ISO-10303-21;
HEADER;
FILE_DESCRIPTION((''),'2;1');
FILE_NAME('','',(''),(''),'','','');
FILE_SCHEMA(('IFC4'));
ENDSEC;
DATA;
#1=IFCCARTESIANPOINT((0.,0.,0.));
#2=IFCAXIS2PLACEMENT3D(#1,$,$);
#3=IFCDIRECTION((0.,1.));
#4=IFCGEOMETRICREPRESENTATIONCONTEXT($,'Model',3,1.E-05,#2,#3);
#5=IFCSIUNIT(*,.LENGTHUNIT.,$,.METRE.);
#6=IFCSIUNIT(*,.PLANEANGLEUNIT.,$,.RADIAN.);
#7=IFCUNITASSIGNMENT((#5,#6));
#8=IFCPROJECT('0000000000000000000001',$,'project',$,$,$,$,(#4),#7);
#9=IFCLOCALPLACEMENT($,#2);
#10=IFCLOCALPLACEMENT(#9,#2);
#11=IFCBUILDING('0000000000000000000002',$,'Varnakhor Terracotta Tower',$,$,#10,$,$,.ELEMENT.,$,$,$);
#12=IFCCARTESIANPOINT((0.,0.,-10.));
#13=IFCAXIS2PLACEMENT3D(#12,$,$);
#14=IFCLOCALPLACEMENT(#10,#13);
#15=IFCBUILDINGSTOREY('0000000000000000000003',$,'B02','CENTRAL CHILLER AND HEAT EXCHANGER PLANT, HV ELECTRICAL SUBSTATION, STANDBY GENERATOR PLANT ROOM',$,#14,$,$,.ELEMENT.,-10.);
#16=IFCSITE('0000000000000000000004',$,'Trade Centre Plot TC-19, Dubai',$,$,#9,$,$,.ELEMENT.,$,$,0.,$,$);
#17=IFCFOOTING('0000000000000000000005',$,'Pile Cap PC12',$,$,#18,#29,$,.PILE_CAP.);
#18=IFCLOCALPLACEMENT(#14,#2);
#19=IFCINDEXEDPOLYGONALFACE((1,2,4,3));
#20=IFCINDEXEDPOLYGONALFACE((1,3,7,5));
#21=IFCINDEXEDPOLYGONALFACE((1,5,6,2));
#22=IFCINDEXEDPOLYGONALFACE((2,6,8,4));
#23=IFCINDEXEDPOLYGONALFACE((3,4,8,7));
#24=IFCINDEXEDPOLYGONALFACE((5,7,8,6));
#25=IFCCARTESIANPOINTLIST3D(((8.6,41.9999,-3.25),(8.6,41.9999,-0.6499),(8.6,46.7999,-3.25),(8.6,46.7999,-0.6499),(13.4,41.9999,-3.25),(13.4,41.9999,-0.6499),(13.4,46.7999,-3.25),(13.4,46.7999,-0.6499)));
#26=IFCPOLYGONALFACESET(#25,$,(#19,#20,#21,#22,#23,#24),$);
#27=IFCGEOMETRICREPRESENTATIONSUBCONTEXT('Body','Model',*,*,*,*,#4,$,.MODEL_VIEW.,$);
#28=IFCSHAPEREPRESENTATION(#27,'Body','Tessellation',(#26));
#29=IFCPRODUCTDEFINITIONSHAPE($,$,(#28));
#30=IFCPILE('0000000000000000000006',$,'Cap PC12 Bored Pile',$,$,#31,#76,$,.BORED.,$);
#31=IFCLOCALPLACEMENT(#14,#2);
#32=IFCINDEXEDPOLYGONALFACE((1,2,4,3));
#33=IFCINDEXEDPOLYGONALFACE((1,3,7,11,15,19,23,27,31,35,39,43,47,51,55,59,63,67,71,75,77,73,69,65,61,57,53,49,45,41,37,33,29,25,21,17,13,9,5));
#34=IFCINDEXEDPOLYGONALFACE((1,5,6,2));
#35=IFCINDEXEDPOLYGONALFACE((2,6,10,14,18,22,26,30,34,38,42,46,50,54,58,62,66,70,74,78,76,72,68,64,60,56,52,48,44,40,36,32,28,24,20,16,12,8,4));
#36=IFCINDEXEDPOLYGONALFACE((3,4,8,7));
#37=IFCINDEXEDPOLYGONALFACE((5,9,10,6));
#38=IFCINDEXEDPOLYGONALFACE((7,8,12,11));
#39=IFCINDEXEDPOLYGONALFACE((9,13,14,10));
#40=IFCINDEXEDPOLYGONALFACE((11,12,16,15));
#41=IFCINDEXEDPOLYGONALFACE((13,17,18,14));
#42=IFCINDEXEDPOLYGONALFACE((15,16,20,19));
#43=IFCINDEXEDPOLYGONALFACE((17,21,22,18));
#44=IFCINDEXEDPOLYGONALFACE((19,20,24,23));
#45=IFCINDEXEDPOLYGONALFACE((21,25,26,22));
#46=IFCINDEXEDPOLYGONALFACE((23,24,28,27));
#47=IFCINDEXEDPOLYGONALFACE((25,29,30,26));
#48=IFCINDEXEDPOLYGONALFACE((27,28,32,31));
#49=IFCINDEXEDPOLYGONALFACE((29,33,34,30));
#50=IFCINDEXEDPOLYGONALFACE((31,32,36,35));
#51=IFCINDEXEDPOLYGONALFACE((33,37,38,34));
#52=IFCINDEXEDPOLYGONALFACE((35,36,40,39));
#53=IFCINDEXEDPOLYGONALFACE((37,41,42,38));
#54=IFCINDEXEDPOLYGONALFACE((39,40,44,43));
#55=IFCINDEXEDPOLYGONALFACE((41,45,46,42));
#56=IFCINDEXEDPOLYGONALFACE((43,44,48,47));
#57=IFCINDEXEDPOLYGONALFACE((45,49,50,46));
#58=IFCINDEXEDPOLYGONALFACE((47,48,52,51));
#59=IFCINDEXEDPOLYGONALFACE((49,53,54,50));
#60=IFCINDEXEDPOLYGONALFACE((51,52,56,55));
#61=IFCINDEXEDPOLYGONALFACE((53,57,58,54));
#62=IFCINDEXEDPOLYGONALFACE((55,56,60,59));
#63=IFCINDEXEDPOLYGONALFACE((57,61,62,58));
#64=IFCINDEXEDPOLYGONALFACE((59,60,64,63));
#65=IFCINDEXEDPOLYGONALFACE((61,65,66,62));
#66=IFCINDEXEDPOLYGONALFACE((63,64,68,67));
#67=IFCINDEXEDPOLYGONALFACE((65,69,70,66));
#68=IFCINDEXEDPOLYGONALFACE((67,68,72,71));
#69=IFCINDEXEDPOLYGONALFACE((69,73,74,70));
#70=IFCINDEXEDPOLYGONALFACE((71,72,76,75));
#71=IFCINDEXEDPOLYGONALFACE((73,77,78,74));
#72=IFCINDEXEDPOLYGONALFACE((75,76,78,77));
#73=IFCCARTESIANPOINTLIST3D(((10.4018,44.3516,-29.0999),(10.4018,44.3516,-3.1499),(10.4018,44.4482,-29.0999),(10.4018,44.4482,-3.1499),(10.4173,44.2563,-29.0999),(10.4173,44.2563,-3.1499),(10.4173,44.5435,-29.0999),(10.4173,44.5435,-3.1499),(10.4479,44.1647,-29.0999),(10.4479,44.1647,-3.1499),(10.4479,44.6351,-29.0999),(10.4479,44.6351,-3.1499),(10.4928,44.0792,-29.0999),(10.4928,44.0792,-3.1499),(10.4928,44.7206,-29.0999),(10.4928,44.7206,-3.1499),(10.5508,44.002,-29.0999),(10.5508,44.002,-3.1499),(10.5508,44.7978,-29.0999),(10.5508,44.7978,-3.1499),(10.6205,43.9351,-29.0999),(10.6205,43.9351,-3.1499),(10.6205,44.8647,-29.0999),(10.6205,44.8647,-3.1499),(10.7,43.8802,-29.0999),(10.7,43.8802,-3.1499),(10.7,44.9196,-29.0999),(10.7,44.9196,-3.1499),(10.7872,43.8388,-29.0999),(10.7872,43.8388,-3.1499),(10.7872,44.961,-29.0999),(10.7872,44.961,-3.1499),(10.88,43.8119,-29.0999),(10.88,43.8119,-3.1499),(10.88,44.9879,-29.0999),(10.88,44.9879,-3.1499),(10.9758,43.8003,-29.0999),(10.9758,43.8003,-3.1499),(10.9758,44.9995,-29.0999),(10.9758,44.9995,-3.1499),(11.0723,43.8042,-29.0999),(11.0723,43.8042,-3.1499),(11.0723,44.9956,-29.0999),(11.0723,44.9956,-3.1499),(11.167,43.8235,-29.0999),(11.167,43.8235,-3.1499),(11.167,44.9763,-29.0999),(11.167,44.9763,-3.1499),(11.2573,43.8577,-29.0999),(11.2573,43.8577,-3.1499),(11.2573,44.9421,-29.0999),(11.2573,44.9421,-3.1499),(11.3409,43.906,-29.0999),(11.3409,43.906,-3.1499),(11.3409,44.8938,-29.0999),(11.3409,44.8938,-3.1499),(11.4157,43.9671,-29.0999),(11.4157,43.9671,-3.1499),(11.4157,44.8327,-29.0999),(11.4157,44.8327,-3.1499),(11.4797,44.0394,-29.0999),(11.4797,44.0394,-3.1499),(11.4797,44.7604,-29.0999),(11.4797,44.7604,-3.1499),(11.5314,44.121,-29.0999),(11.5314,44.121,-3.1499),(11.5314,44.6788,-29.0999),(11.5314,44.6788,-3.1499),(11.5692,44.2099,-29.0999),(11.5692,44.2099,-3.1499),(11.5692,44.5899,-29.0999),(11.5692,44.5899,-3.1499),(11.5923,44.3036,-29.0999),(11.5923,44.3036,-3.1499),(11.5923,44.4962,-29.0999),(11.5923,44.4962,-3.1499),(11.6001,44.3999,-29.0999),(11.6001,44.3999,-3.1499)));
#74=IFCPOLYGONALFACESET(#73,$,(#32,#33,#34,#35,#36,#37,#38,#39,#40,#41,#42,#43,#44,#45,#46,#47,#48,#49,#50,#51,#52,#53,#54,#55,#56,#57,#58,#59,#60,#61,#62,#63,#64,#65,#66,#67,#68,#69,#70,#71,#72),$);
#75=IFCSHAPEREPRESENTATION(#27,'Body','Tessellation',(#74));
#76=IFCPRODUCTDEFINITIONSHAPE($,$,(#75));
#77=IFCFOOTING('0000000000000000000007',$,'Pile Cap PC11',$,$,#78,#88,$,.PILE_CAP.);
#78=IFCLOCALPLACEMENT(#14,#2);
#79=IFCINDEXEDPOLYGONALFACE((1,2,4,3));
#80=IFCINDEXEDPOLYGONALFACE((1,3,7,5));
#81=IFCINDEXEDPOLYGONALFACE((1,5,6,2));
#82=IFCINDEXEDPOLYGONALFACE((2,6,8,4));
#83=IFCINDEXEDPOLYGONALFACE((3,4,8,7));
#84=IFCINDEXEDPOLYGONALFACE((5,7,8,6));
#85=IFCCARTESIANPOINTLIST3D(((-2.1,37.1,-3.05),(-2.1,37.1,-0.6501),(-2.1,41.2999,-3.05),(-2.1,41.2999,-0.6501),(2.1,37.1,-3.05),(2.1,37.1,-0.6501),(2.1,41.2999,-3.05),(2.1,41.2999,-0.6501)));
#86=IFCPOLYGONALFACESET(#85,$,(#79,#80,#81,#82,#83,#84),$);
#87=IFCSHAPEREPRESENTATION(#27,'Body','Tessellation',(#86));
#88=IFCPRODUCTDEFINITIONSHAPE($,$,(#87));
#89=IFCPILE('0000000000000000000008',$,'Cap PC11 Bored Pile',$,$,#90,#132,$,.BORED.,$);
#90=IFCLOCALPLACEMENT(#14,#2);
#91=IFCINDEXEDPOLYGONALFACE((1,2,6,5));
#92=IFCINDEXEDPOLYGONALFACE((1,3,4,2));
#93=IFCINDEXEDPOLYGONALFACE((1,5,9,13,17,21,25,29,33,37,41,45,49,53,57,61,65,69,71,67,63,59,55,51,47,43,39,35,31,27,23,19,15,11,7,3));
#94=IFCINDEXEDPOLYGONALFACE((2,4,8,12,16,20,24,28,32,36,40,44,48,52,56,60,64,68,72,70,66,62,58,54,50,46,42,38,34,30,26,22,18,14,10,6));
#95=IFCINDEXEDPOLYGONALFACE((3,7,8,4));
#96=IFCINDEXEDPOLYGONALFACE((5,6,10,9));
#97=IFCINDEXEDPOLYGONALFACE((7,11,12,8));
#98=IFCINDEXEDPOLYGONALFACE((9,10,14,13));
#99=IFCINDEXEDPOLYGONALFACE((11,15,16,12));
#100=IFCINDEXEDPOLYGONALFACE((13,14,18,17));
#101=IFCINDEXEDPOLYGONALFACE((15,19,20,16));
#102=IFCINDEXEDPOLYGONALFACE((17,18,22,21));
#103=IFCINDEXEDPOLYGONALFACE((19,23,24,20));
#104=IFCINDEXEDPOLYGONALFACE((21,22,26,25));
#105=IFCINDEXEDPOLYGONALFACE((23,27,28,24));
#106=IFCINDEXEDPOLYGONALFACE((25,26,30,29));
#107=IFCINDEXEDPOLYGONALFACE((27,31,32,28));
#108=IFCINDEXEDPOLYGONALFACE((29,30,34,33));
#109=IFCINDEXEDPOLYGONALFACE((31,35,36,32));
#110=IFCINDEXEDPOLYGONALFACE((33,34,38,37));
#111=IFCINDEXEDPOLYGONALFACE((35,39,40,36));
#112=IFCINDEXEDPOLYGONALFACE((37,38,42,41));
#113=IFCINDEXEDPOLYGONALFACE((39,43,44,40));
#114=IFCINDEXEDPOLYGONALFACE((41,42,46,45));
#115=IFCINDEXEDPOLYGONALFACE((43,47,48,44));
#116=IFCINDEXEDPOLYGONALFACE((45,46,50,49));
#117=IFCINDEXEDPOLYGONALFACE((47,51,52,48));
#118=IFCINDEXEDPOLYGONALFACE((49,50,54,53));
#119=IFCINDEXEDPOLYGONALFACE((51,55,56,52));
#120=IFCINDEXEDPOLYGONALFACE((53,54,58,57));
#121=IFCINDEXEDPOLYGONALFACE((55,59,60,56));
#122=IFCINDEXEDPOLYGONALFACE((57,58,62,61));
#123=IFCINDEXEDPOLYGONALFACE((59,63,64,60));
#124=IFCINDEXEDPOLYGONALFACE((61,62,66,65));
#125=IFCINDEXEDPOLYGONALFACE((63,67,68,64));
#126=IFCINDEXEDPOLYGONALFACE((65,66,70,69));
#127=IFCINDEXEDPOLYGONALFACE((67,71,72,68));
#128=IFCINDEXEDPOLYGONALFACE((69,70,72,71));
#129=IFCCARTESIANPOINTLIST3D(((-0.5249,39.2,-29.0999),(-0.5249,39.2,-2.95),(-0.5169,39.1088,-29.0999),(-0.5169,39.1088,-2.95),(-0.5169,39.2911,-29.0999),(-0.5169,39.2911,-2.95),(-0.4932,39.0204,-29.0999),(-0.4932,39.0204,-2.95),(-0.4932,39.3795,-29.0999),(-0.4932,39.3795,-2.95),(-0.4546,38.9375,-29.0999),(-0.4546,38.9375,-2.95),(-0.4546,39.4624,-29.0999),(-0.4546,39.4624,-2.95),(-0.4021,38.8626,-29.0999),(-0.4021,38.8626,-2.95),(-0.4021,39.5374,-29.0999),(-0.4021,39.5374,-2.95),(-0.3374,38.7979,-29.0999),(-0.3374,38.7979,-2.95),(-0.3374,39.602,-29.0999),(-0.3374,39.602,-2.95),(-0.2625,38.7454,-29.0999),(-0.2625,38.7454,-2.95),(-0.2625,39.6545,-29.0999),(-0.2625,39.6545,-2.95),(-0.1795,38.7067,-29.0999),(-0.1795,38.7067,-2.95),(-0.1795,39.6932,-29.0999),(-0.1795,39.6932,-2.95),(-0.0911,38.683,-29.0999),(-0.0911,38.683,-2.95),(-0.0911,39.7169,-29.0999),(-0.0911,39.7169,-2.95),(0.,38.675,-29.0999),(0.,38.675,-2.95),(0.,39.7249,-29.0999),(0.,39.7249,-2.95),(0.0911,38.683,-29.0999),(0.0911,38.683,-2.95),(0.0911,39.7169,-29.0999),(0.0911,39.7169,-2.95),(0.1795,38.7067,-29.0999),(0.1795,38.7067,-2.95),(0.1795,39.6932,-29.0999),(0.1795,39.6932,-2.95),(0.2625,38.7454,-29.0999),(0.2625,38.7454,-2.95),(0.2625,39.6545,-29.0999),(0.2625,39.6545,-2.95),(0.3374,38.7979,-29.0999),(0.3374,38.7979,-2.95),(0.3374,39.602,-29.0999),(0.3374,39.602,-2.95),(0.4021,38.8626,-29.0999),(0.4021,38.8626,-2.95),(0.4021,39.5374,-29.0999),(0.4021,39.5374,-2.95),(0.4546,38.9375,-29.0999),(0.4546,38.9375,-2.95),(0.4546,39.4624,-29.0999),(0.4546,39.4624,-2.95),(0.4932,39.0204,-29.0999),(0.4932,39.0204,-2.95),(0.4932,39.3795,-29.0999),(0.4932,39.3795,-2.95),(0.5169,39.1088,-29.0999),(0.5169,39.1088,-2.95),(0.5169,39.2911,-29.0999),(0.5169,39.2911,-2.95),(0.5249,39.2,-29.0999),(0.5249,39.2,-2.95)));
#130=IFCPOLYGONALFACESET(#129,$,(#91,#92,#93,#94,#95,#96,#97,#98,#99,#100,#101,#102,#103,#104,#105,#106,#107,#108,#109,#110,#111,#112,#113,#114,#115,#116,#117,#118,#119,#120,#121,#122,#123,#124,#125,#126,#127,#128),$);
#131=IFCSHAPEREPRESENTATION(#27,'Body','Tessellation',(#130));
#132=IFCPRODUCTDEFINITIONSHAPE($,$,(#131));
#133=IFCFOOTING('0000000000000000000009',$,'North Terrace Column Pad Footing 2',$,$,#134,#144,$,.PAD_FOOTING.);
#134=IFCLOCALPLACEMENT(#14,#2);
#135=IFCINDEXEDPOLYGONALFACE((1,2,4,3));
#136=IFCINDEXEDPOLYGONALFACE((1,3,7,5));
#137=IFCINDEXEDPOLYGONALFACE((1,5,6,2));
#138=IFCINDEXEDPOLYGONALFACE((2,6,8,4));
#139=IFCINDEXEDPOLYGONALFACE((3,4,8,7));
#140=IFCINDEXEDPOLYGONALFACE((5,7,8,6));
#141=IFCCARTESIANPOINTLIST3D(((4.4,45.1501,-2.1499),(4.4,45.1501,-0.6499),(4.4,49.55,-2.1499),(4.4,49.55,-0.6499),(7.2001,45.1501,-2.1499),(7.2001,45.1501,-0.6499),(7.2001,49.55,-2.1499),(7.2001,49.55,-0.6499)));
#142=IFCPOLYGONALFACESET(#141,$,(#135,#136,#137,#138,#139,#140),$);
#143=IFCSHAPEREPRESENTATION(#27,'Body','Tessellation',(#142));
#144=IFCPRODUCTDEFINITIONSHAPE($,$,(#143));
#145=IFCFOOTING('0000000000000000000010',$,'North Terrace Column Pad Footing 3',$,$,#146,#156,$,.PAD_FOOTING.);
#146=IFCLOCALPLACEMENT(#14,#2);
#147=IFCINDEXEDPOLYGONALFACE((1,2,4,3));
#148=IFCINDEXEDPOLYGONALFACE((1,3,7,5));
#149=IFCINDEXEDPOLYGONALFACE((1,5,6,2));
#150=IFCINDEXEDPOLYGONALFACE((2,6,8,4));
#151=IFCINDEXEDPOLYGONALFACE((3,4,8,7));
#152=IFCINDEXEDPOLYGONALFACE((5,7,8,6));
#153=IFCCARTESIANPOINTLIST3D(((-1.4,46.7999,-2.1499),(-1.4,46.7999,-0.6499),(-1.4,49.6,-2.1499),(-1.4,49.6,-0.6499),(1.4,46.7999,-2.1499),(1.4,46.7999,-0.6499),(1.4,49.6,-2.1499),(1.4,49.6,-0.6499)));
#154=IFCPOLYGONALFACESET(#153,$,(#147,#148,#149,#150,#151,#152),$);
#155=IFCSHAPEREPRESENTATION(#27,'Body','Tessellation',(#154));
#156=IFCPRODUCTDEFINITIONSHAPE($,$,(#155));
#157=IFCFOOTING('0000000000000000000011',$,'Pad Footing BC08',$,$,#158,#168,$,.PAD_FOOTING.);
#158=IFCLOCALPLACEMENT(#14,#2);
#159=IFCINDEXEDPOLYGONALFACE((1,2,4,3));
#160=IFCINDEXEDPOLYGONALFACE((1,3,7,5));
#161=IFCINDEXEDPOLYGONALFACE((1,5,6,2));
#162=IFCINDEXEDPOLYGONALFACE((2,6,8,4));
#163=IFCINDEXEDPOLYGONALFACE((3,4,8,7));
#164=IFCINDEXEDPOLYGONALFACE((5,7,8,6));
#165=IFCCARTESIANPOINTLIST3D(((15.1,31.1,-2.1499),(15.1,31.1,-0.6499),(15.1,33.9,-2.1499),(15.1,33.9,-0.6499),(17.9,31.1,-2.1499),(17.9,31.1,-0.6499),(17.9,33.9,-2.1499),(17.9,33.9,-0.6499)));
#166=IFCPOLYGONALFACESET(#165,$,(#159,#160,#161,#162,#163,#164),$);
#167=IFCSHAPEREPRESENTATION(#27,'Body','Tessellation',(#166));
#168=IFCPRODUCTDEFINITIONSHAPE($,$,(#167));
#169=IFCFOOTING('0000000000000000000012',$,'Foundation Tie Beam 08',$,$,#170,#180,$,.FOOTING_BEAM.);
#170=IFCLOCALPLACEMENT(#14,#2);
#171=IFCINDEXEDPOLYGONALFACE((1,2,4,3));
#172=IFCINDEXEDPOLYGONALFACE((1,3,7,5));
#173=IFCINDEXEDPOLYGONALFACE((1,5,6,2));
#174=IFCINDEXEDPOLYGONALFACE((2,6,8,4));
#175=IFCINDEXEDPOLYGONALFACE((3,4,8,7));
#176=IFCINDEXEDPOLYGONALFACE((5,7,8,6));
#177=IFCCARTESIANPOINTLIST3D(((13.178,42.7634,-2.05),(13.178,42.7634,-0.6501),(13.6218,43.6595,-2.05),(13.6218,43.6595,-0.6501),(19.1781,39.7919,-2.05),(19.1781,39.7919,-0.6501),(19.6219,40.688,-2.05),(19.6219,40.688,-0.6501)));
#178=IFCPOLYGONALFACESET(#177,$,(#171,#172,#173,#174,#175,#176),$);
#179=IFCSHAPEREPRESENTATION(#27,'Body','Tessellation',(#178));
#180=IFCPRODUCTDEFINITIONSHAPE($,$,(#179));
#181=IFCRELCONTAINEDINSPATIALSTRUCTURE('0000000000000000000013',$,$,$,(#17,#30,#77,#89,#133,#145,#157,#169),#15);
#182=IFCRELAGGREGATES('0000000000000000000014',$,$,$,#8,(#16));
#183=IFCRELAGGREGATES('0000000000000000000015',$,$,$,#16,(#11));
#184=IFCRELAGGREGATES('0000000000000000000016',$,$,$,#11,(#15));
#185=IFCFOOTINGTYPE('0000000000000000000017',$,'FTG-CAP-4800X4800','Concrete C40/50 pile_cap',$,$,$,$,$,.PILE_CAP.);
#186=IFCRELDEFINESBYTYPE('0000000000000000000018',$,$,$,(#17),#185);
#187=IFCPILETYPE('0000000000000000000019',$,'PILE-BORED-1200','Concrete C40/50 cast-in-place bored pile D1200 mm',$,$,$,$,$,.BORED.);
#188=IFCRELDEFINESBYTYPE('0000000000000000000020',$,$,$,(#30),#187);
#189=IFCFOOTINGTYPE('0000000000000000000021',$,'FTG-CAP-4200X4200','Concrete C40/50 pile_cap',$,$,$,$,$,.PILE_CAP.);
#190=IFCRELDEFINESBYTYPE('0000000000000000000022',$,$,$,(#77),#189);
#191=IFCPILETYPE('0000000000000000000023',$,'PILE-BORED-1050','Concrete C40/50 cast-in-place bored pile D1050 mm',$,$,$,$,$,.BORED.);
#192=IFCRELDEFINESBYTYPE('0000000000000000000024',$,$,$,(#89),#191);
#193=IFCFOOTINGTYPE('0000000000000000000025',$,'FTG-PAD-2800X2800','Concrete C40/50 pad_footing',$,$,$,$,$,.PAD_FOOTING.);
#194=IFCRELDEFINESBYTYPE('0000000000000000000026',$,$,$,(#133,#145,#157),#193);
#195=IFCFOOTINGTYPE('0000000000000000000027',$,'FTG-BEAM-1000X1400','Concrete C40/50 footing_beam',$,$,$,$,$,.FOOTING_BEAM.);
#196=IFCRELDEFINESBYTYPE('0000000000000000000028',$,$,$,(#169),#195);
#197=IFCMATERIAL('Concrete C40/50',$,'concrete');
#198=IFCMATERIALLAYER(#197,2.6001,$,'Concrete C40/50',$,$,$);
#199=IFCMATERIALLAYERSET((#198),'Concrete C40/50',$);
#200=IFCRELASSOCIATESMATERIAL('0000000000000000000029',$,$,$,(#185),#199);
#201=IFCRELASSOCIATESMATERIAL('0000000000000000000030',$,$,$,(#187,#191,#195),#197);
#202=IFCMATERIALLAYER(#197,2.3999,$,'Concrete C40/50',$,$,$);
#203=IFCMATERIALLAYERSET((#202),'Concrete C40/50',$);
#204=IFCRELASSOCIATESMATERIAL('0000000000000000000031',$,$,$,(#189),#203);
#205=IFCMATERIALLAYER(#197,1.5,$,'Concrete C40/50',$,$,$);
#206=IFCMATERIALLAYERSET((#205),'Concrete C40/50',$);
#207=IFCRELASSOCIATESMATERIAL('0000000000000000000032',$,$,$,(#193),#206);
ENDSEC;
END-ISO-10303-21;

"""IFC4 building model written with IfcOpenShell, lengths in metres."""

from ifc_helpers import new_model, si_unit, direction, frame, origin, origin_2d, place, context, subcontext, project, spatial, rectangle, circle, extrude, source, transform, mapped, material, layer, layer_set, material_profile, profile_set, type_object, type_shapes, element, save


model = new_model("IFC4")

# Units and contexts
model_context = context("Model", 3, precision=1e-05, world=origin(), true_north=direction((0.0, 1.0)))
body_context = subcontext(model_context, "Body", "Model", "MODEL_VIEW")
ifc_project = project(units=[si_unit("LENGTHUNIT", "METRE"), si_unit("PLANEANGLEUNIT", "RADIAN")], contexts=[model_context])

# Site, building, storey
site_placement = place(None, origin())
site = spatial("IfcSite", under=ifc_project, at=site_placement, Name="Trade Centre Plot TC-19, Dubai", CompositionType="ELEMENT", RefElevation=0.0)
building_placement = place(site_placement, origin())
building = spatial("IfcBuilding", under=site, at=building_placement, Name="Varnakhor Terracotta Tower", CompositionType="ELEMENT")
storey_placement = place(building_placement, frame((0.0, 0.0, -10.0)))
storey = spatial("IfcBuildingStorey", under=building, at=storey_placement, Name="B02", Description="CENTRAL CHILLER AND HEAT EXCHANGER PLANT, HV ELECTRICAL SUBSTATION, STANDBY GENERATOR PLANT ROOM", CompositionType="ELEMENT", Elevation=-10.0)

# Footing
ifc_material_1 = material(Name="Concrete C40/50", Category="concrete")
ifc_layer_1 = layer(ifc_material_1, 2.6001, Name="Concrete C40/50")
ifc_layer_set_1 = layer_set([ifc_layer_1], Name="Concrete C40/50")
footing_type_1 = type_object("IfcFootingType", Name="FTG-CAP-4800X4800", Description="Concrete C40/50 pile_cap", PredefinedType="PILE_CAP", material=ifc_layer_set_1)
shared_shape_1 = source(origin(), body_context, "Body", "SweptSolid", [
    extrude(rectangle(XDim=4.8, YDim=4.8, at=origin_2d()), origin(), (0.0, 0.0, 1.0), 2.6001),
])
type_shapes(footing_type_1, [shared_shape_1])
footing_1_placement = place(storey_placement, frame((11.0, 44.3999, -3.25), z_axis=(0.0, 0.0, 1.0), x_axis=(1.0, 0.0, 0.0)))
element("IfcFooting", 1, at=footing_1_placement, inside=storey, type_object=footing_type_1, Name="Pile Cap PC12", PredefinedType="PILE_CAP", context=body_context, shape_type="MappedRepresentation", body=[
    mapped(shared_shape_1, transform((0.0, 0.0, 0.0), scale=1.0)),
])

# Pile
ifc_material_profile_1 = material_profile(ifc_material_1, circle(Radius=0.6001, at=origin_2d()), Name="BORED PILE D1200")
ifc_profile_set_1 = profile_set([ifc_material_profile_1], Name="Concrete C40/50")
pile_type_1 = type_object("IfcPileType", Name="PILE-BORED-1200", Description="Concrete C40/50 cast-in-place bored pile D1200 mm", PredefinedType="BORED", material=ifc_profile_set_1)
shared_shape_2 = source(origin(), body_context, "Body", "SweptSolid", [
    extrude(circle(Radius=0.6001, at=origin_2d()), origin(), (0.0, 0.0, 1.0), 25.95),
])
type_shapes(pile_type_1, [shared_shape_2])
pile_1_placement = place(storey_placement, frame((11.0, 44.3999, -3.1499), z_axis=(0.0, 0.0, -1.0), x_axis=(1.0, 0.0, 0.0)))
element("IfcPile", 2, at=pile_1_placement, inside=storey, type_object=pile_type_1, Name="Cap PC12 Bored Pile", PredefinedType="BORED", context=body_context, shape_type="MappedRepresentation", body=[
    mapped(shared_shape_2, transform((0.0, 0.0, 0.0), scale=1.0)),
])

# Footing
ifc_layer_2 = layer(ifc_material_1, 2.3999, Name="Concrete C40/50")
ifc_layer_set_2 = layer_set([ifc_layer_2], Name="Concrete C40/50")
footing_type_2 = type_object("IfcFootingType", Name="FTG-CAP-4200X4200", Description="Concrete C40/50 pile_cap", PredefinedType="PILE_CAP", material=ifc_layer_set_2)
shared_shape_3 = source(origin(), body_context, "Body", "SweptSolid", [
    extrude(rectangle(XDim=4.2, YDim=4.2, at=origin_2d()), origin(), (0.0, 0.0, 1.0), 2.3999),
])
type_shapes(footing_type_2, [shared_shape_3])
footing_2_placement = place(storey_placement, frame((0.0, 39.2, -3.05), z_axis=(0.0, 0.0, 1.0), x_axis=(1.0, 0.0, 0.0)))
element("IfcFooting", 3, at=footing_2_placement, inside=storey, type_object=footing_type_2, Name="Pile Cap PC11", PredefinedType="PILE_CAP", context=body_context, shape_type="MappedRepresentation", body=[
    mapped(shared_shape_3, transform((0.0, 0.0, 0.0), scale=1.0)),
])

# Pile
ifc_material_profile_2 = material_profile(ifc_material_1, circle(Radius=0.5249, at=origin_2d()), Name="BORED PILE D1050")
ifc_profile_set_2 = profile_set([ifc_material_profile_2], Name="Concrete C40/50")
pile_type_2 = type_object("IfcPileType", Name="PILE-BORED-1050", Description="Concrete C40/50 cast-in-place bored pile D1050 mm", PredefinedType="BORED", material=ifc_profile_set_2)
shared_shape_4 = source(origin(), body_context, "Body", "SweptSolid", [
    extrude(circle(Radius=0.5249, at=origin_2d()), origin(), (0.0, 0.0, 1.0), 26.1499),
])
type_shapes(pile_type_2, [shared_shape_4])
pile_2_placement = place(storey_placement, frame((0.0, 39.2, -2.95), z_axis=(0.0, 0.0, -1.0), x_axis=(1.0, 0.0, 0.0)))
element("IfcPile", 4, at=pile_2_placement, inside=storey, type_object=pile_type_2, Name="Cap PC11 Bored Pile", PredefinedType="BORED", context=body_context, shape_type="MappedRepresentation", body=[
    mapped(shared_shape_4, transform((0.0, 0.0, 0.0), scale=1.0)),
])

# Footings
ifc_layer_3 = layer(ifc_material_1, 1.5, Name="Concrete C40/50")
ifc_layer_set_3 = layer_set([ifc_layer_3], Name="Concrete C40/50")
footing_type_3 = type_object("IfcFootingType", Name="FTG-PAD-2800X2800", Description="Concrete C40/50 pad_footing", PredefinedType="PAD_FOOTING", material=ifc_layer_set_3)
shared_shape_5 = source(origin(), body_context, "Body", "SweptSolid", [
    extrude(rectangle(XDim=2.8, YDim=4.3999, at=origin_2d()), origin(), (0.0, 0.0, 1.0), 1.5),
])
type_shapes(footing_type_3, [shared_shape_5])
footing_3_placement = place(storey_placement, frame((5.8, 47.3501, -2.1499), z_axis=(0.0, 0.0, 1.0), x_axis=(1.0, 0.0, 0.0)))
element("IfcFooting", 5, at=footing_3_placement, inside=storey, type_object=footing_type_3, Name="North Terrace Column Pad Footing 2", PredefinedType="PAD_FOOTING", context=body_context, shape_type="MappedRepresentation", body=[
    mapped(shared_shape_5, transform((0.0, 0.0, 0.0), scale=1.0)),
])
shared_shape_6 = source(origin(), body_context, "Body", "SweptSolid", [
    extrude(rectangle(XDim=2.8, YDim=2.8, at=origin_2d()), origin(), (0.0, 0.0, 1.0), 1.5),
])
for number, where, z_axis, x_axis, name in (
    (6, (0.0, 48.2, -2.1499), (0.0, 0.0, 1.0), (1.0, 0.0, 0.0), "North Terrace Column Pad Footing 3"),
    (7, (16.5, 32.5, -2.1499), (0.0, 0.0, 1.0), (1.0, 0.0, 0.0), "Pad Footing BC08"),
):
    element("IfcFooting", number, at=place(storey_placement, frame(where, z_axis=z_axis, x_axis=x_axis)), inside=storey, type_object=footing_type_3, Name=name, PredefinedType="PAD_FOOTING", context=body_context, shape_type="MappedRepresentation", body=[
        mapped(shared_shape_6, transform((0.0, 0.0, 0.0), scale=1.0)),
    ])
ifc_material_profile_3 = material_profile(ifc_material_1, rectangle(XDim=1.0, YDim=1.3999, at=origin_2d()), Name="TIE BEAM 1000x1400")
ifc_profile_set_3 = profile_set([ifc_material_profile_3], Name="Concrete C40/50")
footing_type_4 = type_object("IfcFootingType", Name="FTG-BEAM-1000X1400", Description="Concrete C40/50 footing_beam", PredefinedType="FOOTING_BEAM", material=ifc_profile_set_3)
shared_shape_7 = source(origin(), body_context, "Body", "SweptSolid", [
    extrude(rectangle(XDim=1.0, YDim=1.3999, at=origin_2d()), origin(), (0.0, 0.0, 1.0), 6.6956),
])
footing_4_placement = place(storey_placement, frame((13.3999, 43.2114, -1.3501), z_axis=(0.896127, -0.443797, 0.0), x_axis=(0.443797, 0.896127, 0.0)))
element("IfcFooting", 8, at=footing_4_placement, inside=storey, type_object=footing_type_4, Name="Foundation Tie Beam 08", PredefinedType="FOOTING_BEAM", context=body_context, shape_type="MappedRepresentation", body=[
    mapped(shared_shape_7, transform((0.0, 0.0, 0.0), scale=1.0)),
])

save(model, "model.ifc")
